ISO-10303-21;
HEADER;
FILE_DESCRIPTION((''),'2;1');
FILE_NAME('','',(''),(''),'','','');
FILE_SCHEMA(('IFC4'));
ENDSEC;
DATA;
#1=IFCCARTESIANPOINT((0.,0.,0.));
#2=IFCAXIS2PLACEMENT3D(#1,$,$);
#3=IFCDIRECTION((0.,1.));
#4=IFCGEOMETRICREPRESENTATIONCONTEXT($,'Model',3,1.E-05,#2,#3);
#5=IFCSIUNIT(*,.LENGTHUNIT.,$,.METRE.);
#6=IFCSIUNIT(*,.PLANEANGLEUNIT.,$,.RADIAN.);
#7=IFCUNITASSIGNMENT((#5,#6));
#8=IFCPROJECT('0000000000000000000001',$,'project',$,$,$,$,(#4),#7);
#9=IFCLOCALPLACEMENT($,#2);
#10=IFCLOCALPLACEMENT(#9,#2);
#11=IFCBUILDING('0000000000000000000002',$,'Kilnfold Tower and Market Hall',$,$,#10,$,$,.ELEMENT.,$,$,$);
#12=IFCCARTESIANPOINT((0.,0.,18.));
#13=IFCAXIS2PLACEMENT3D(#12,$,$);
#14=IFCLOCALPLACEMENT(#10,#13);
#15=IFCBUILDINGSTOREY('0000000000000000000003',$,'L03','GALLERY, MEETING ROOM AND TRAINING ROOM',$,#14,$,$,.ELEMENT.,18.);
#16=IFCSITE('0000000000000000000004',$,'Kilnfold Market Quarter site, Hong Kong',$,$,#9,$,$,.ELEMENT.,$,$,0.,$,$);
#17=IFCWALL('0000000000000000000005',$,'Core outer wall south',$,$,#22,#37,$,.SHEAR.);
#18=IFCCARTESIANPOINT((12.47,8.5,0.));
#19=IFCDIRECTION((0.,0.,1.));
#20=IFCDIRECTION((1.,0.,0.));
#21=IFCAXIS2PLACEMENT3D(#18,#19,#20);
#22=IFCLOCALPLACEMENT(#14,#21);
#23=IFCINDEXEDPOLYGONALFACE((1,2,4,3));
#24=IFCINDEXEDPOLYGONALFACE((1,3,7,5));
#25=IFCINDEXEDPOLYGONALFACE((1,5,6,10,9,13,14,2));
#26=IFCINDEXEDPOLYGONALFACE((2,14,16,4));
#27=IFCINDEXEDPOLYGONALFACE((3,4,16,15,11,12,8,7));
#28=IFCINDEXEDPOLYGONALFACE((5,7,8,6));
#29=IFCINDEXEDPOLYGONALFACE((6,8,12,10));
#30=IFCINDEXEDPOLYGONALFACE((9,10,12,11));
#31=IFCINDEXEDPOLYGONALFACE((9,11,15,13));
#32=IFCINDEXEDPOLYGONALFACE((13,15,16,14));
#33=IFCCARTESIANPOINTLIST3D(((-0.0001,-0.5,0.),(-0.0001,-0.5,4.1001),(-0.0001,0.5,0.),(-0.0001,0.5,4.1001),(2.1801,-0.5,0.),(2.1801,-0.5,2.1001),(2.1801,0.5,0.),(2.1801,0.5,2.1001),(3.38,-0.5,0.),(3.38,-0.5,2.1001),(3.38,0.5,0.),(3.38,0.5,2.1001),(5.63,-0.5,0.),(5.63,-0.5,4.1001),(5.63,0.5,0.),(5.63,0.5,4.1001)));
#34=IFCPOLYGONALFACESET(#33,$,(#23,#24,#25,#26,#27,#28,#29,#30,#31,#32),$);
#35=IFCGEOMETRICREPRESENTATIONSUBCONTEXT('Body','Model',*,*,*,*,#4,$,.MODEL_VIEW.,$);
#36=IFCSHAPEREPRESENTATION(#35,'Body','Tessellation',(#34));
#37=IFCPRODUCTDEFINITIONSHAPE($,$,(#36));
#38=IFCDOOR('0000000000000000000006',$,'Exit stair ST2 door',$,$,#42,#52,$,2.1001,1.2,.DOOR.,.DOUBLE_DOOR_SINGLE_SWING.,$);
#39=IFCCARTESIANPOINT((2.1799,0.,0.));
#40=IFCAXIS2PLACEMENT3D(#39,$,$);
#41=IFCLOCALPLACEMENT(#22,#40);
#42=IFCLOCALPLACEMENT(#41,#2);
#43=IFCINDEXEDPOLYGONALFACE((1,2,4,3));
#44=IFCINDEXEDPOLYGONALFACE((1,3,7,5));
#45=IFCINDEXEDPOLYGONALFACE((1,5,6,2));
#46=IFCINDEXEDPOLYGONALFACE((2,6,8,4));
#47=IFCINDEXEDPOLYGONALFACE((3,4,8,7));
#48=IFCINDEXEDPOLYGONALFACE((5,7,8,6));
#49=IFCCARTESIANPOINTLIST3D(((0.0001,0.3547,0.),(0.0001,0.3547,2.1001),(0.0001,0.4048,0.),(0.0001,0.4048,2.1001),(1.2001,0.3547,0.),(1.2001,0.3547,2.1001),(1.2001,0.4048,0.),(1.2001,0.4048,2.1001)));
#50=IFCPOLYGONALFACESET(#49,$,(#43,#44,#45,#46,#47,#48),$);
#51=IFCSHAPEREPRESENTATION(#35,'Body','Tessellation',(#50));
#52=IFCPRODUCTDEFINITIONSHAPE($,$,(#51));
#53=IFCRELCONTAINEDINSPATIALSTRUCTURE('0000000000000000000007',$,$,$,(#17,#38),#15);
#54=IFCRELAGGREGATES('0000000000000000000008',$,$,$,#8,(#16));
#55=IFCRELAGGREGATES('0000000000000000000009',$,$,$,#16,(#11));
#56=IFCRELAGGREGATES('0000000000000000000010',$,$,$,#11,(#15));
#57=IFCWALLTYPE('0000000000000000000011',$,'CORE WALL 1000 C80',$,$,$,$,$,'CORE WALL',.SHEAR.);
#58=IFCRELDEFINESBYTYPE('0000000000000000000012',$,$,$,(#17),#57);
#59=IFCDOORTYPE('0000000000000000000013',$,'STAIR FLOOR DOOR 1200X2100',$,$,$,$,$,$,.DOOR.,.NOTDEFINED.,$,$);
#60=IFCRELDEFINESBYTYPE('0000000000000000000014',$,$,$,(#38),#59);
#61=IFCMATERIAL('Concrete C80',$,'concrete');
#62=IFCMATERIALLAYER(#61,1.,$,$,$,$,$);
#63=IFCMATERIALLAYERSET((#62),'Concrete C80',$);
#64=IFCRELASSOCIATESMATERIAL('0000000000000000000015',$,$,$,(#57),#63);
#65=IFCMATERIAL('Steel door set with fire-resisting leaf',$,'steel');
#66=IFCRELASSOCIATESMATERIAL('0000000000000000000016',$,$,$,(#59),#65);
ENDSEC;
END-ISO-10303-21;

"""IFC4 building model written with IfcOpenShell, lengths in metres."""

from ifc_helpers import new_model, si_unit, direction, frame, frame_2d, origin, place, context, subcontext, project, spatial, rectangle, extrude, source, transform, mapped, material, layer, layer_set, type_object, element, fill, save


model = new_model("IFC4")

# Units and contexts
model_context = context("Model", 3, precision=1e-05, world=origin(), true_north=direction((0.0, 1.0)))
body_context = subcontext(model_context, "Body", "Model", "MODEL_VIEW")
ifc_project = project(units=[si_unit("LENGTHUNIT", "METRE"), si_unit("PLANEANGLEUNIT", "RADIAN")], contexts=[model_context])

# Site, building, storey
site_placement = place(None, origin())
site = spatial("IfcSite", under=ifc_project, at=site_placement, Name="Kilnfold Market Quarter site, Hong Kong", CompositionType="ELEMENT", RefElevation=0.0)
building_placement = place(site_placement, origin())
building = spatial("IfcBuilding", under=site, at=building_placement, Name="Kilnfold Tower and Market Hall", CompositionType="ELEMENT")
storey_placement = place(building_placement, frame((0.0, 0.0, 18.0)))
storey = spatial("IfcBuildingStorey", under=building, at=storey_placement, Name="L03", Description="GALLERY, MEETING ROOM AND TRAINING ROOM", CompositionType="ELEMENT", Elevation=18.0)

# Shared definitions
ifc_material_1 = material(Name="Concrete C80", Category="concrete")
ifc_layer_1 = layer(ifc_material_1, 1.0)
ifc_layer_set_1 = layer_set([ifc_layer_1], Name="Concrete C80")
wall_type_1 = type_object("IfcWallType", Name="CORE WALL 1000 C80", ElementType="CORE WALL", PredefinedType="SHEAR", material=ifc_layer_set_1)

# Wall, opening, door
shared_shape_1 = source(origin(), body_context, "Body", "SweptSolid", [
    extrude(rectangle(XDim=5.6301, YDim=1.0, at=frame_2d((2.8149, 0.0))), origin(), (0.0, 0.0, 1.0), 4.1001),
])
wall_1_placement = place(storey_placement, frame((12.47, 8.5, 0.0), z_axis=(0.0, 0.0, 1.0), x_axis=(1.0, 0.0, 0.0)))
wall_1 = element("IfcWall", 1, at=wall_1_placement, inside=storey, type_object=wall_type_1, Name="Core outer wall south", PredefinedType="SHEAR", context=body_context, shape_type="MappedRepresentation", body=[
    mapped(shared_shape_1, transform((0.0, 0.0, 0.0))),
])
opening_1_placement = place(wall_1_placement, frame((2.1799, 0.0, 0.0)))
opening_1 = element("IfcOpeningElement", 2, at=opening_1_placement, cuts=wall_1, PredefinedType="OPENING", context=body_context, shape_type="SweptSolid", body=[
    extrude(rectangle(XDim=1.2, YDim=2.1001, at=frame_2d((0.6001, 1.05))), frame((0.0, 0.51, 0.0), z_axis=(0.0, -1.0, 0.0), x_axis=(1.0, 0.0, 0.0)), (0.0, 0.0, 1.0), 1.02),
])
ifc_material_2 = material(Name="Steel door set with fire-resisting leaf", Category="steel")
door_type_1 = type_object("IfcDoorType", Name="STAIR FLOOR DOOR 1200X2100", OperationType="NOTDEFINED", PredefinedType="DOOR", material=ifc_material_2)
door_1_placement = place(opening_1_placement, origin())
door_1 = element("IfcDoor", 3, at=door_1_placement, inside=storey, type_object=door_type_1, Name="Exit stair ST2 door", OperationType="DOUBLE_DOOR_SINGLE_SWING", OverallHeight=2.1001, OverallWidth=1.2, PredefinedType="DOOR", context=body_context, shape_type="SweptSolid", body=[
    extrude(rectangle(XDim=1.2, YDim=2.1001, at=frame_2d((0.6001, 1.05))), frame((0.0, 0.4048, 0.0), z_axis=(0.0, -1.0, 0.0), x_axis=(1.0, 0.0, 0.0)), (0.0, 0.0, 1.0), 0.05),
])
fill(opening_1, door_1)

save(model, "model.ifc")
